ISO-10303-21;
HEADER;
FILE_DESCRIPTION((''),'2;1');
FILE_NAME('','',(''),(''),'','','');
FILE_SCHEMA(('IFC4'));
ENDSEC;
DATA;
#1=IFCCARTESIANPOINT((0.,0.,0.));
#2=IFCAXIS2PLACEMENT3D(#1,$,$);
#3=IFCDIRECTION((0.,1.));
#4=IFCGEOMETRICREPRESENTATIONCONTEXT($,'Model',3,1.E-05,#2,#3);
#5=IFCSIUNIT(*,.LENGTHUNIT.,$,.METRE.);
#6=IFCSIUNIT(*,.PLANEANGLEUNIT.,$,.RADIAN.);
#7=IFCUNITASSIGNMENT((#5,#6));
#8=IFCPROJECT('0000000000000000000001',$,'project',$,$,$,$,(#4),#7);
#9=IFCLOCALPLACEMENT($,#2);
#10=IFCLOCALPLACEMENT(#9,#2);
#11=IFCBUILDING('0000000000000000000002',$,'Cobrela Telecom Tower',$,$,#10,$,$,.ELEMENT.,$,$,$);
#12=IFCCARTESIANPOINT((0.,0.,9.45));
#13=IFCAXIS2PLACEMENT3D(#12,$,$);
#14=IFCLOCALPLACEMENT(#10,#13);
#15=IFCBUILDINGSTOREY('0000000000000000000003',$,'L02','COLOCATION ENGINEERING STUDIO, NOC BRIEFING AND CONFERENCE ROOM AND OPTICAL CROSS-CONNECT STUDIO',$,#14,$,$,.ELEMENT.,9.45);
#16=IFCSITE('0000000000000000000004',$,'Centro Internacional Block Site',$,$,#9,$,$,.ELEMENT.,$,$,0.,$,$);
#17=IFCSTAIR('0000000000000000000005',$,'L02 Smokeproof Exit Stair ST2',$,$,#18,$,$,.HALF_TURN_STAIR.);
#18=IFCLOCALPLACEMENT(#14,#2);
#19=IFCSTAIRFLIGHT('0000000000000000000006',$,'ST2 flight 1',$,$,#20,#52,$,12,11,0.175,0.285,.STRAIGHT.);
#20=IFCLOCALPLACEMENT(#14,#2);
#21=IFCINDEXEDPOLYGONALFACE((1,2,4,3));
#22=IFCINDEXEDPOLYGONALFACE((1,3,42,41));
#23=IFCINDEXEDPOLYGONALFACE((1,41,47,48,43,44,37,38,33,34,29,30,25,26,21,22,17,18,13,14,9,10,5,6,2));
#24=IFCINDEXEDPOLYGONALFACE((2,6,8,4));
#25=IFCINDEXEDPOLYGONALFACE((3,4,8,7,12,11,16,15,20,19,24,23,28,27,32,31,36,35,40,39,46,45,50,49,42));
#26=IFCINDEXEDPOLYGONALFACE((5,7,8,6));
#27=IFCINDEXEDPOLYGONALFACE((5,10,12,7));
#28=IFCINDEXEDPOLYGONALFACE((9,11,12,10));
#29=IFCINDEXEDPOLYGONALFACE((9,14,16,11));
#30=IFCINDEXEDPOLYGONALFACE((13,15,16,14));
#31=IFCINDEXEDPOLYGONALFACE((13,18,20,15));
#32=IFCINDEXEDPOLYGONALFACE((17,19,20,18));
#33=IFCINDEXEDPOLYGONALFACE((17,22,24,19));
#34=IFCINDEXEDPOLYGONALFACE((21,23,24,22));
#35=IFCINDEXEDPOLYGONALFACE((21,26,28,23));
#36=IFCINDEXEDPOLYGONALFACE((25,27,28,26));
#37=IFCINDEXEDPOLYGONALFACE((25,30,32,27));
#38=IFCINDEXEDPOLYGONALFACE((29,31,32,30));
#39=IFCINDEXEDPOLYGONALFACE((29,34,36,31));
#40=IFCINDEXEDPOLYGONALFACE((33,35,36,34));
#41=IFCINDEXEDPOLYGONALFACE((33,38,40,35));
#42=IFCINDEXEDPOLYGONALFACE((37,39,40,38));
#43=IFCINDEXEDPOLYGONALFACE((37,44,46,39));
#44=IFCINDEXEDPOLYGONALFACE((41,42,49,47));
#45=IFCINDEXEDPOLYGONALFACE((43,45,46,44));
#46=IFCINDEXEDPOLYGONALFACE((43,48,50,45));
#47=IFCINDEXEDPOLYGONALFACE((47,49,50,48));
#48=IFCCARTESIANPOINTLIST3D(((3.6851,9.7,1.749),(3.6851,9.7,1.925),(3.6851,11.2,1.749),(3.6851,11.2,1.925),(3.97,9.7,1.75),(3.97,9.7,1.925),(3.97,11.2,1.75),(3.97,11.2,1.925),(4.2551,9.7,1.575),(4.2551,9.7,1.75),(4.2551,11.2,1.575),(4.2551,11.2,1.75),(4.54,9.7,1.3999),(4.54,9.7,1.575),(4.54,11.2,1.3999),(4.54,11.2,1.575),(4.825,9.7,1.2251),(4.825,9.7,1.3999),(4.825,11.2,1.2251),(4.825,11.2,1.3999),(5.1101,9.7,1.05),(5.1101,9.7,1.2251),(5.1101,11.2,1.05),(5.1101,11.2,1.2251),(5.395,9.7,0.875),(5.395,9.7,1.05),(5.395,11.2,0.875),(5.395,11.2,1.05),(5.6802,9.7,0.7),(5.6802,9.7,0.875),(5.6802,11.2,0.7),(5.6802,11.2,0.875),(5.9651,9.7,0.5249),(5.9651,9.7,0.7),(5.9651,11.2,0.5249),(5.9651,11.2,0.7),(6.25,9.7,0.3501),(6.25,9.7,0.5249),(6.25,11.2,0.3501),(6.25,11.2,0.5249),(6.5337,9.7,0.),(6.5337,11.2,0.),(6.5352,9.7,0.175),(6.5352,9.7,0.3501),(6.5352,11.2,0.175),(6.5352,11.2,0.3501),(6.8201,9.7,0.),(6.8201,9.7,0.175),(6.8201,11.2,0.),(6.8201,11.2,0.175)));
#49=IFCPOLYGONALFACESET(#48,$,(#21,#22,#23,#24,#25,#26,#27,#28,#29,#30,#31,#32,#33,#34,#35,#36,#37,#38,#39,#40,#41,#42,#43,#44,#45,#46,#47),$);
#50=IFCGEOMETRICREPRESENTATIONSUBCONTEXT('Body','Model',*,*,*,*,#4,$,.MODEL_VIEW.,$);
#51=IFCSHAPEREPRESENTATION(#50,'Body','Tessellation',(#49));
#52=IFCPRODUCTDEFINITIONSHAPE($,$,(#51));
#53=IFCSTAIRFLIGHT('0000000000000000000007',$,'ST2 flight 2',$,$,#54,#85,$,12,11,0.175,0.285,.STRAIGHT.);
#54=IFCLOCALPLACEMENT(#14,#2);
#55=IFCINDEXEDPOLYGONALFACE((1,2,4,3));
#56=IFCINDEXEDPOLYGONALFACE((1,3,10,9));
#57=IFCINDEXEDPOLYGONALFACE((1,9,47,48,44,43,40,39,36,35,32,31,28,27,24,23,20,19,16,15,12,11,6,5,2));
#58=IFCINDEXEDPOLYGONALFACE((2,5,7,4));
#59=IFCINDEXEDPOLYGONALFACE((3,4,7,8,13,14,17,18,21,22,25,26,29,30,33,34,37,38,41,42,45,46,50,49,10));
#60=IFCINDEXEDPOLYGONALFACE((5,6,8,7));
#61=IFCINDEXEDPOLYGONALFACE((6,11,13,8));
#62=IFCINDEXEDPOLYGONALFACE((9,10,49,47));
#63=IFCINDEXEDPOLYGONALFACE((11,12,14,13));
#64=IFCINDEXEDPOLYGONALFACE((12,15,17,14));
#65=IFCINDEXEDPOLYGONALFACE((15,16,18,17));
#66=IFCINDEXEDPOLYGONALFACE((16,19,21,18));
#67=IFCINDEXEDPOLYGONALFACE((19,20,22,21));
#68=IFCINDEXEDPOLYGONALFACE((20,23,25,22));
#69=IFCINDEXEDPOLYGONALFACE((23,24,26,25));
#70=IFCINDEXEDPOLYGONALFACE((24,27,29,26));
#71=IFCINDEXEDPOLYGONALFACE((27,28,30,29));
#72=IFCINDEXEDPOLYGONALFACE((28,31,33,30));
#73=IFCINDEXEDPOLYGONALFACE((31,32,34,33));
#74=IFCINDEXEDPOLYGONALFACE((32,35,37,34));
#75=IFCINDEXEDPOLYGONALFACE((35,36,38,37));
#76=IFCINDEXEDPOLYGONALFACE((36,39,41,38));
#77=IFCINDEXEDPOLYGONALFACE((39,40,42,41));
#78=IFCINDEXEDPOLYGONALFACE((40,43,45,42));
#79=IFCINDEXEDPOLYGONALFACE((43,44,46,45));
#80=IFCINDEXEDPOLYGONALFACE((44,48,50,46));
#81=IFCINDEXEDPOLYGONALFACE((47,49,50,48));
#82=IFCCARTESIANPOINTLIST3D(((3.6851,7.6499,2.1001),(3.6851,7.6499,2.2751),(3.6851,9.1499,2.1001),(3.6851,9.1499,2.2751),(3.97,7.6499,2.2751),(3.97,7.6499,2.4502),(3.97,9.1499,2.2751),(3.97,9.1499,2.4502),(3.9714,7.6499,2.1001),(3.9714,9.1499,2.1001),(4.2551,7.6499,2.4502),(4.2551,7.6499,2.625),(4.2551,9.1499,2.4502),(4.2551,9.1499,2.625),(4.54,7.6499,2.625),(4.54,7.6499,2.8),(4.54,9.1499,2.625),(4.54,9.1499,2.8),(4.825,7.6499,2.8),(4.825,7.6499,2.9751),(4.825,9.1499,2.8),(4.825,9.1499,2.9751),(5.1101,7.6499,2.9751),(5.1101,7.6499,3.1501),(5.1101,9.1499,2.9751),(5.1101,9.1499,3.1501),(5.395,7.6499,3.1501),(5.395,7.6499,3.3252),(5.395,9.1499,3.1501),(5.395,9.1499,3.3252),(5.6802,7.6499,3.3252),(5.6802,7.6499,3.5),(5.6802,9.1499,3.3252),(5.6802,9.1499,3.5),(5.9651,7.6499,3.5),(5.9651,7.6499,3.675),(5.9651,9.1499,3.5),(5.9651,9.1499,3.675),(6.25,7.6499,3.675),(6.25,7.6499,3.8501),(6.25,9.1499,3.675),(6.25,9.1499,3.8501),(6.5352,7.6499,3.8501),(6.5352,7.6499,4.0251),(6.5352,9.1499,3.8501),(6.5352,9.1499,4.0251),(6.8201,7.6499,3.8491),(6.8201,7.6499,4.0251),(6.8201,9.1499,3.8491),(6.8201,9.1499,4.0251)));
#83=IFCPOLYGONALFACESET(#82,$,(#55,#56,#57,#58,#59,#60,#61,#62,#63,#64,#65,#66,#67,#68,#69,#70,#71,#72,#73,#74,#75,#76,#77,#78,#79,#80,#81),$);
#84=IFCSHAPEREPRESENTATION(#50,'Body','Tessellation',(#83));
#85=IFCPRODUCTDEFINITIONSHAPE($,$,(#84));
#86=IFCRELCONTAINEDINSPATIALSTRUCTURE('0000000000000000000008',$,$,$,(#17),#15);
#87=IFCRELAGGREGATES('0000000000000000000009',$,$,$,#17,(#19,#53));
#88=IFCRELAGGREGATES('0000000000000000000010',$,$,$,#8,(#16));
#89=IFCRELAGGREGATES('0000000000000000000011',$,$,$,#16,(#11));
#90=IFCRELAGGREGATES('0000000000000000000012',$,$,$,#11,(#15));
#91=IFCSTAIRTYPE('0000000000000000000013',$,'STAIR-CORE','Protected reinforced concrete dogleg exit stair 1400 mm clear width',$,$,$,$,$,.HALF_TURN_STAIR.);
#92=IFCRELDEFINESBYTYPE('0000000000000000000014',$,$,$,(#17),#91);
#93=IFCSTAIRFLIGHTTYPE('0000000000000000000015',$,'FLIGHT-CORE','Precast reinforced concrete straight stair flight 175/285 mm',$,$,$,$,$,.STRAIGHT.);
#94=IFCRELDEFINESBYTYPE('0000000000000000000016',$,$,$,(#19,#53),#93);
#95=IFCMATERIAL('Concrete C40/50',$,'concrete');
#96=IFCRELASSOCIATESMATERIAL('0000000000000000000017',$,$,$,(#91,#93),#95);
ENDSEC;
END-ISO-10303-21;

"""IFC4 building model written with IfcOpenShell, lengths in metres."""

from ifc_helpers import new_model, si_unit, direction, frame, origin, place, context, subcontext, project, spatial, polyline, outline, extrude, material, type_object, element, aggregate, save


model = new_model("IFC4")

# Units and contexts
model_context = context("Model", 3, precision=1e-05, world=origin(), true_north=direction((0.0, 1.0)))
body_context = subcontext(model_context, "Body", "Model", "MODEL_VIEW")
ifc_project = project(units=[si_unit("LENGTHUNIT", "METRE"), si_unit("PLANEANGLEUNIT", "RADIAN")], contexts=[model_context])

# Site, building, storey
site_placement = place(None, origin())
site = spatial("IfcSite", under=ifc_project, at=site_placement, Name="Centro Internacional Block Site", CompositionType="ELEMENT", RefElevation=0.0)
building_placement = place(site_placement, origin())
building = spatial("IfcBuilding", under=site, at=building_placement, Name="Cobrela Telecom Tower", CompositionType="ELEMENT")
storey_placement = place(building_placement, frame((0.0, 0.0, 9.45)))
storey = spatial("IfcBuildingStorey", under=building, at=storey_placement, Name="L02", Description="COLOCATION ENGINEERING STUDIO, NOC BRIEFING AND CONFERENCE ROOM AND OPTICAL CROSS-CONNECT STUDIO", CompositionType="ELEMENT", Elevation=9.45)

# Shared definitions
ifc_material_1 = material(Name="Concrete C40/50", Category="concrete")

# Stair, stair flights
stair_type = type_object("IfcStairType", Name="STAIR-CORE", Description="Protected reinforced concrete dogleg exit stair 1400 mm clear width", PredefinedType="HALF_TURN_STAIR", material=ifc_material_1)
stair_placement = place(storey_placement, origin())
stair = element("IfcStair", 1, at=stair_placement, inside=storey, type_object=stair_type, Name="L02 Smokeproof Exit Stair ST2", PredefinedType="HALF_TURN_STAIR")
stair_flight_type = type_object("IfcStairFlightType", Name="FLIGHT-CORE", Description="Precast reinforced concrete straight stair flight 175/285 mm", PredefinedType="STRAIGHT", material=ifc_material_1)
stair_flight_1_placement = place(storey_placement, frame((6.8201, 10.45, 0.0), z_axis=(0.0, 0.0, 1.0), x_axis=(-1.0, 0.0, 0.0)))
stair_flight_1 = element("IfcStairFlight", 2, at=stair_flight_1_placement, type_object=stair_flight_type, Name="ST2 flight 1", NumberOfRisers=12, NumberOfTreads=11, PredefinedType="STRAIGHT", RiserHeight=0.175, TreadLength=0.285, context=body_context, shape_type="SweptSolid", body=[
    extrude(outline(polyline([(0.0, 0.0), (0.0, 0.175), (0.2849, 0.175), (0.2849, 0.3501), (0.5701, 0.3501), (0.5701, 0.5249), (0.855, 0.5249), (0.855, 0.7), (1.1399, 0.7), (1.1399, 0.875), (1.425, 0.875), (1.425, 1.05), (1.71, 1.05), (1.71, 1.2251), (1.9951, 1.2251), (1.9951, 1.3999), (2.28, 1.3999), (2.28, 1.575), (2.5649, 1.575), (2.5649, 1.75), (2.8501, 1.75), (2.8501, 1.925), (3.135, 1.925), (3.135, 2.1001), (3.135, 1.749), (0.2864, 0.0), (0.0, 0.0)])), frame((0.0, 0.75, 0.0), z_axis=(0.0, -1.0, 0.0), x_axis=(1.0, 0.0, 0.0)), (0.0, 0.0, 1.0), 1.5),
])
stair_flight_2_placement = place(storey_placement, frame((3.6851, 8.3999, 2.1001), z_axis=(0.0, 0.0, 1.0), x_axis=(1.0, 0.0, 0.0)))
stair_flight_2 = element("IfcStairFlight", 3, at=stair_flight_2_placement, type_object=stair_flight_type, Name="ST2 flight 2", NumberOfRisers=12, NumberOfTreads=11, PredefinedType="STRAIGHT", RiserHeight=0.175, TreadLength=0.285, context=body_context, shape_type="SweptSolid", body=[
    extrude(outline(polyline([(0.0, 0.0), (0.0, 0.175), (0.2849, 0.175), (0.2849, 0.3501), (0.5701, 0.3501), (0.5701, 0.5249), (0.855, 0.5249), (0.855, 0.7), (1.1399, 0.7), (1.1399, 0.875), (1.425, 0.875), (1.425, 1.05), (1.71, 1.05), (1.71, 1.2251), (1.9951, 1.2251), (1.9951, 1.3999), (2.28, 1.3999), (2.28, 1.575), (2.5649, 1.575), (2.5649, 1.75), (2.8501, 1.75), (2.8501, 1.925), (3.135, 1.925), (3.135, 2.1001), (3.135, 1.749), (0.2864, 0.0), (0.0, 0.0)])), frame((0.0, 0.75, 0.0), z_axis=(0.0, -1.0, 0.0), x_axis=(1.0, 0.0, 0.0)), (0.0, 0.0, 1.0), 1.5),
])
aggregate(stair, [stair_flight_1, stair_flight_2])

save(model, "model.ifc")
